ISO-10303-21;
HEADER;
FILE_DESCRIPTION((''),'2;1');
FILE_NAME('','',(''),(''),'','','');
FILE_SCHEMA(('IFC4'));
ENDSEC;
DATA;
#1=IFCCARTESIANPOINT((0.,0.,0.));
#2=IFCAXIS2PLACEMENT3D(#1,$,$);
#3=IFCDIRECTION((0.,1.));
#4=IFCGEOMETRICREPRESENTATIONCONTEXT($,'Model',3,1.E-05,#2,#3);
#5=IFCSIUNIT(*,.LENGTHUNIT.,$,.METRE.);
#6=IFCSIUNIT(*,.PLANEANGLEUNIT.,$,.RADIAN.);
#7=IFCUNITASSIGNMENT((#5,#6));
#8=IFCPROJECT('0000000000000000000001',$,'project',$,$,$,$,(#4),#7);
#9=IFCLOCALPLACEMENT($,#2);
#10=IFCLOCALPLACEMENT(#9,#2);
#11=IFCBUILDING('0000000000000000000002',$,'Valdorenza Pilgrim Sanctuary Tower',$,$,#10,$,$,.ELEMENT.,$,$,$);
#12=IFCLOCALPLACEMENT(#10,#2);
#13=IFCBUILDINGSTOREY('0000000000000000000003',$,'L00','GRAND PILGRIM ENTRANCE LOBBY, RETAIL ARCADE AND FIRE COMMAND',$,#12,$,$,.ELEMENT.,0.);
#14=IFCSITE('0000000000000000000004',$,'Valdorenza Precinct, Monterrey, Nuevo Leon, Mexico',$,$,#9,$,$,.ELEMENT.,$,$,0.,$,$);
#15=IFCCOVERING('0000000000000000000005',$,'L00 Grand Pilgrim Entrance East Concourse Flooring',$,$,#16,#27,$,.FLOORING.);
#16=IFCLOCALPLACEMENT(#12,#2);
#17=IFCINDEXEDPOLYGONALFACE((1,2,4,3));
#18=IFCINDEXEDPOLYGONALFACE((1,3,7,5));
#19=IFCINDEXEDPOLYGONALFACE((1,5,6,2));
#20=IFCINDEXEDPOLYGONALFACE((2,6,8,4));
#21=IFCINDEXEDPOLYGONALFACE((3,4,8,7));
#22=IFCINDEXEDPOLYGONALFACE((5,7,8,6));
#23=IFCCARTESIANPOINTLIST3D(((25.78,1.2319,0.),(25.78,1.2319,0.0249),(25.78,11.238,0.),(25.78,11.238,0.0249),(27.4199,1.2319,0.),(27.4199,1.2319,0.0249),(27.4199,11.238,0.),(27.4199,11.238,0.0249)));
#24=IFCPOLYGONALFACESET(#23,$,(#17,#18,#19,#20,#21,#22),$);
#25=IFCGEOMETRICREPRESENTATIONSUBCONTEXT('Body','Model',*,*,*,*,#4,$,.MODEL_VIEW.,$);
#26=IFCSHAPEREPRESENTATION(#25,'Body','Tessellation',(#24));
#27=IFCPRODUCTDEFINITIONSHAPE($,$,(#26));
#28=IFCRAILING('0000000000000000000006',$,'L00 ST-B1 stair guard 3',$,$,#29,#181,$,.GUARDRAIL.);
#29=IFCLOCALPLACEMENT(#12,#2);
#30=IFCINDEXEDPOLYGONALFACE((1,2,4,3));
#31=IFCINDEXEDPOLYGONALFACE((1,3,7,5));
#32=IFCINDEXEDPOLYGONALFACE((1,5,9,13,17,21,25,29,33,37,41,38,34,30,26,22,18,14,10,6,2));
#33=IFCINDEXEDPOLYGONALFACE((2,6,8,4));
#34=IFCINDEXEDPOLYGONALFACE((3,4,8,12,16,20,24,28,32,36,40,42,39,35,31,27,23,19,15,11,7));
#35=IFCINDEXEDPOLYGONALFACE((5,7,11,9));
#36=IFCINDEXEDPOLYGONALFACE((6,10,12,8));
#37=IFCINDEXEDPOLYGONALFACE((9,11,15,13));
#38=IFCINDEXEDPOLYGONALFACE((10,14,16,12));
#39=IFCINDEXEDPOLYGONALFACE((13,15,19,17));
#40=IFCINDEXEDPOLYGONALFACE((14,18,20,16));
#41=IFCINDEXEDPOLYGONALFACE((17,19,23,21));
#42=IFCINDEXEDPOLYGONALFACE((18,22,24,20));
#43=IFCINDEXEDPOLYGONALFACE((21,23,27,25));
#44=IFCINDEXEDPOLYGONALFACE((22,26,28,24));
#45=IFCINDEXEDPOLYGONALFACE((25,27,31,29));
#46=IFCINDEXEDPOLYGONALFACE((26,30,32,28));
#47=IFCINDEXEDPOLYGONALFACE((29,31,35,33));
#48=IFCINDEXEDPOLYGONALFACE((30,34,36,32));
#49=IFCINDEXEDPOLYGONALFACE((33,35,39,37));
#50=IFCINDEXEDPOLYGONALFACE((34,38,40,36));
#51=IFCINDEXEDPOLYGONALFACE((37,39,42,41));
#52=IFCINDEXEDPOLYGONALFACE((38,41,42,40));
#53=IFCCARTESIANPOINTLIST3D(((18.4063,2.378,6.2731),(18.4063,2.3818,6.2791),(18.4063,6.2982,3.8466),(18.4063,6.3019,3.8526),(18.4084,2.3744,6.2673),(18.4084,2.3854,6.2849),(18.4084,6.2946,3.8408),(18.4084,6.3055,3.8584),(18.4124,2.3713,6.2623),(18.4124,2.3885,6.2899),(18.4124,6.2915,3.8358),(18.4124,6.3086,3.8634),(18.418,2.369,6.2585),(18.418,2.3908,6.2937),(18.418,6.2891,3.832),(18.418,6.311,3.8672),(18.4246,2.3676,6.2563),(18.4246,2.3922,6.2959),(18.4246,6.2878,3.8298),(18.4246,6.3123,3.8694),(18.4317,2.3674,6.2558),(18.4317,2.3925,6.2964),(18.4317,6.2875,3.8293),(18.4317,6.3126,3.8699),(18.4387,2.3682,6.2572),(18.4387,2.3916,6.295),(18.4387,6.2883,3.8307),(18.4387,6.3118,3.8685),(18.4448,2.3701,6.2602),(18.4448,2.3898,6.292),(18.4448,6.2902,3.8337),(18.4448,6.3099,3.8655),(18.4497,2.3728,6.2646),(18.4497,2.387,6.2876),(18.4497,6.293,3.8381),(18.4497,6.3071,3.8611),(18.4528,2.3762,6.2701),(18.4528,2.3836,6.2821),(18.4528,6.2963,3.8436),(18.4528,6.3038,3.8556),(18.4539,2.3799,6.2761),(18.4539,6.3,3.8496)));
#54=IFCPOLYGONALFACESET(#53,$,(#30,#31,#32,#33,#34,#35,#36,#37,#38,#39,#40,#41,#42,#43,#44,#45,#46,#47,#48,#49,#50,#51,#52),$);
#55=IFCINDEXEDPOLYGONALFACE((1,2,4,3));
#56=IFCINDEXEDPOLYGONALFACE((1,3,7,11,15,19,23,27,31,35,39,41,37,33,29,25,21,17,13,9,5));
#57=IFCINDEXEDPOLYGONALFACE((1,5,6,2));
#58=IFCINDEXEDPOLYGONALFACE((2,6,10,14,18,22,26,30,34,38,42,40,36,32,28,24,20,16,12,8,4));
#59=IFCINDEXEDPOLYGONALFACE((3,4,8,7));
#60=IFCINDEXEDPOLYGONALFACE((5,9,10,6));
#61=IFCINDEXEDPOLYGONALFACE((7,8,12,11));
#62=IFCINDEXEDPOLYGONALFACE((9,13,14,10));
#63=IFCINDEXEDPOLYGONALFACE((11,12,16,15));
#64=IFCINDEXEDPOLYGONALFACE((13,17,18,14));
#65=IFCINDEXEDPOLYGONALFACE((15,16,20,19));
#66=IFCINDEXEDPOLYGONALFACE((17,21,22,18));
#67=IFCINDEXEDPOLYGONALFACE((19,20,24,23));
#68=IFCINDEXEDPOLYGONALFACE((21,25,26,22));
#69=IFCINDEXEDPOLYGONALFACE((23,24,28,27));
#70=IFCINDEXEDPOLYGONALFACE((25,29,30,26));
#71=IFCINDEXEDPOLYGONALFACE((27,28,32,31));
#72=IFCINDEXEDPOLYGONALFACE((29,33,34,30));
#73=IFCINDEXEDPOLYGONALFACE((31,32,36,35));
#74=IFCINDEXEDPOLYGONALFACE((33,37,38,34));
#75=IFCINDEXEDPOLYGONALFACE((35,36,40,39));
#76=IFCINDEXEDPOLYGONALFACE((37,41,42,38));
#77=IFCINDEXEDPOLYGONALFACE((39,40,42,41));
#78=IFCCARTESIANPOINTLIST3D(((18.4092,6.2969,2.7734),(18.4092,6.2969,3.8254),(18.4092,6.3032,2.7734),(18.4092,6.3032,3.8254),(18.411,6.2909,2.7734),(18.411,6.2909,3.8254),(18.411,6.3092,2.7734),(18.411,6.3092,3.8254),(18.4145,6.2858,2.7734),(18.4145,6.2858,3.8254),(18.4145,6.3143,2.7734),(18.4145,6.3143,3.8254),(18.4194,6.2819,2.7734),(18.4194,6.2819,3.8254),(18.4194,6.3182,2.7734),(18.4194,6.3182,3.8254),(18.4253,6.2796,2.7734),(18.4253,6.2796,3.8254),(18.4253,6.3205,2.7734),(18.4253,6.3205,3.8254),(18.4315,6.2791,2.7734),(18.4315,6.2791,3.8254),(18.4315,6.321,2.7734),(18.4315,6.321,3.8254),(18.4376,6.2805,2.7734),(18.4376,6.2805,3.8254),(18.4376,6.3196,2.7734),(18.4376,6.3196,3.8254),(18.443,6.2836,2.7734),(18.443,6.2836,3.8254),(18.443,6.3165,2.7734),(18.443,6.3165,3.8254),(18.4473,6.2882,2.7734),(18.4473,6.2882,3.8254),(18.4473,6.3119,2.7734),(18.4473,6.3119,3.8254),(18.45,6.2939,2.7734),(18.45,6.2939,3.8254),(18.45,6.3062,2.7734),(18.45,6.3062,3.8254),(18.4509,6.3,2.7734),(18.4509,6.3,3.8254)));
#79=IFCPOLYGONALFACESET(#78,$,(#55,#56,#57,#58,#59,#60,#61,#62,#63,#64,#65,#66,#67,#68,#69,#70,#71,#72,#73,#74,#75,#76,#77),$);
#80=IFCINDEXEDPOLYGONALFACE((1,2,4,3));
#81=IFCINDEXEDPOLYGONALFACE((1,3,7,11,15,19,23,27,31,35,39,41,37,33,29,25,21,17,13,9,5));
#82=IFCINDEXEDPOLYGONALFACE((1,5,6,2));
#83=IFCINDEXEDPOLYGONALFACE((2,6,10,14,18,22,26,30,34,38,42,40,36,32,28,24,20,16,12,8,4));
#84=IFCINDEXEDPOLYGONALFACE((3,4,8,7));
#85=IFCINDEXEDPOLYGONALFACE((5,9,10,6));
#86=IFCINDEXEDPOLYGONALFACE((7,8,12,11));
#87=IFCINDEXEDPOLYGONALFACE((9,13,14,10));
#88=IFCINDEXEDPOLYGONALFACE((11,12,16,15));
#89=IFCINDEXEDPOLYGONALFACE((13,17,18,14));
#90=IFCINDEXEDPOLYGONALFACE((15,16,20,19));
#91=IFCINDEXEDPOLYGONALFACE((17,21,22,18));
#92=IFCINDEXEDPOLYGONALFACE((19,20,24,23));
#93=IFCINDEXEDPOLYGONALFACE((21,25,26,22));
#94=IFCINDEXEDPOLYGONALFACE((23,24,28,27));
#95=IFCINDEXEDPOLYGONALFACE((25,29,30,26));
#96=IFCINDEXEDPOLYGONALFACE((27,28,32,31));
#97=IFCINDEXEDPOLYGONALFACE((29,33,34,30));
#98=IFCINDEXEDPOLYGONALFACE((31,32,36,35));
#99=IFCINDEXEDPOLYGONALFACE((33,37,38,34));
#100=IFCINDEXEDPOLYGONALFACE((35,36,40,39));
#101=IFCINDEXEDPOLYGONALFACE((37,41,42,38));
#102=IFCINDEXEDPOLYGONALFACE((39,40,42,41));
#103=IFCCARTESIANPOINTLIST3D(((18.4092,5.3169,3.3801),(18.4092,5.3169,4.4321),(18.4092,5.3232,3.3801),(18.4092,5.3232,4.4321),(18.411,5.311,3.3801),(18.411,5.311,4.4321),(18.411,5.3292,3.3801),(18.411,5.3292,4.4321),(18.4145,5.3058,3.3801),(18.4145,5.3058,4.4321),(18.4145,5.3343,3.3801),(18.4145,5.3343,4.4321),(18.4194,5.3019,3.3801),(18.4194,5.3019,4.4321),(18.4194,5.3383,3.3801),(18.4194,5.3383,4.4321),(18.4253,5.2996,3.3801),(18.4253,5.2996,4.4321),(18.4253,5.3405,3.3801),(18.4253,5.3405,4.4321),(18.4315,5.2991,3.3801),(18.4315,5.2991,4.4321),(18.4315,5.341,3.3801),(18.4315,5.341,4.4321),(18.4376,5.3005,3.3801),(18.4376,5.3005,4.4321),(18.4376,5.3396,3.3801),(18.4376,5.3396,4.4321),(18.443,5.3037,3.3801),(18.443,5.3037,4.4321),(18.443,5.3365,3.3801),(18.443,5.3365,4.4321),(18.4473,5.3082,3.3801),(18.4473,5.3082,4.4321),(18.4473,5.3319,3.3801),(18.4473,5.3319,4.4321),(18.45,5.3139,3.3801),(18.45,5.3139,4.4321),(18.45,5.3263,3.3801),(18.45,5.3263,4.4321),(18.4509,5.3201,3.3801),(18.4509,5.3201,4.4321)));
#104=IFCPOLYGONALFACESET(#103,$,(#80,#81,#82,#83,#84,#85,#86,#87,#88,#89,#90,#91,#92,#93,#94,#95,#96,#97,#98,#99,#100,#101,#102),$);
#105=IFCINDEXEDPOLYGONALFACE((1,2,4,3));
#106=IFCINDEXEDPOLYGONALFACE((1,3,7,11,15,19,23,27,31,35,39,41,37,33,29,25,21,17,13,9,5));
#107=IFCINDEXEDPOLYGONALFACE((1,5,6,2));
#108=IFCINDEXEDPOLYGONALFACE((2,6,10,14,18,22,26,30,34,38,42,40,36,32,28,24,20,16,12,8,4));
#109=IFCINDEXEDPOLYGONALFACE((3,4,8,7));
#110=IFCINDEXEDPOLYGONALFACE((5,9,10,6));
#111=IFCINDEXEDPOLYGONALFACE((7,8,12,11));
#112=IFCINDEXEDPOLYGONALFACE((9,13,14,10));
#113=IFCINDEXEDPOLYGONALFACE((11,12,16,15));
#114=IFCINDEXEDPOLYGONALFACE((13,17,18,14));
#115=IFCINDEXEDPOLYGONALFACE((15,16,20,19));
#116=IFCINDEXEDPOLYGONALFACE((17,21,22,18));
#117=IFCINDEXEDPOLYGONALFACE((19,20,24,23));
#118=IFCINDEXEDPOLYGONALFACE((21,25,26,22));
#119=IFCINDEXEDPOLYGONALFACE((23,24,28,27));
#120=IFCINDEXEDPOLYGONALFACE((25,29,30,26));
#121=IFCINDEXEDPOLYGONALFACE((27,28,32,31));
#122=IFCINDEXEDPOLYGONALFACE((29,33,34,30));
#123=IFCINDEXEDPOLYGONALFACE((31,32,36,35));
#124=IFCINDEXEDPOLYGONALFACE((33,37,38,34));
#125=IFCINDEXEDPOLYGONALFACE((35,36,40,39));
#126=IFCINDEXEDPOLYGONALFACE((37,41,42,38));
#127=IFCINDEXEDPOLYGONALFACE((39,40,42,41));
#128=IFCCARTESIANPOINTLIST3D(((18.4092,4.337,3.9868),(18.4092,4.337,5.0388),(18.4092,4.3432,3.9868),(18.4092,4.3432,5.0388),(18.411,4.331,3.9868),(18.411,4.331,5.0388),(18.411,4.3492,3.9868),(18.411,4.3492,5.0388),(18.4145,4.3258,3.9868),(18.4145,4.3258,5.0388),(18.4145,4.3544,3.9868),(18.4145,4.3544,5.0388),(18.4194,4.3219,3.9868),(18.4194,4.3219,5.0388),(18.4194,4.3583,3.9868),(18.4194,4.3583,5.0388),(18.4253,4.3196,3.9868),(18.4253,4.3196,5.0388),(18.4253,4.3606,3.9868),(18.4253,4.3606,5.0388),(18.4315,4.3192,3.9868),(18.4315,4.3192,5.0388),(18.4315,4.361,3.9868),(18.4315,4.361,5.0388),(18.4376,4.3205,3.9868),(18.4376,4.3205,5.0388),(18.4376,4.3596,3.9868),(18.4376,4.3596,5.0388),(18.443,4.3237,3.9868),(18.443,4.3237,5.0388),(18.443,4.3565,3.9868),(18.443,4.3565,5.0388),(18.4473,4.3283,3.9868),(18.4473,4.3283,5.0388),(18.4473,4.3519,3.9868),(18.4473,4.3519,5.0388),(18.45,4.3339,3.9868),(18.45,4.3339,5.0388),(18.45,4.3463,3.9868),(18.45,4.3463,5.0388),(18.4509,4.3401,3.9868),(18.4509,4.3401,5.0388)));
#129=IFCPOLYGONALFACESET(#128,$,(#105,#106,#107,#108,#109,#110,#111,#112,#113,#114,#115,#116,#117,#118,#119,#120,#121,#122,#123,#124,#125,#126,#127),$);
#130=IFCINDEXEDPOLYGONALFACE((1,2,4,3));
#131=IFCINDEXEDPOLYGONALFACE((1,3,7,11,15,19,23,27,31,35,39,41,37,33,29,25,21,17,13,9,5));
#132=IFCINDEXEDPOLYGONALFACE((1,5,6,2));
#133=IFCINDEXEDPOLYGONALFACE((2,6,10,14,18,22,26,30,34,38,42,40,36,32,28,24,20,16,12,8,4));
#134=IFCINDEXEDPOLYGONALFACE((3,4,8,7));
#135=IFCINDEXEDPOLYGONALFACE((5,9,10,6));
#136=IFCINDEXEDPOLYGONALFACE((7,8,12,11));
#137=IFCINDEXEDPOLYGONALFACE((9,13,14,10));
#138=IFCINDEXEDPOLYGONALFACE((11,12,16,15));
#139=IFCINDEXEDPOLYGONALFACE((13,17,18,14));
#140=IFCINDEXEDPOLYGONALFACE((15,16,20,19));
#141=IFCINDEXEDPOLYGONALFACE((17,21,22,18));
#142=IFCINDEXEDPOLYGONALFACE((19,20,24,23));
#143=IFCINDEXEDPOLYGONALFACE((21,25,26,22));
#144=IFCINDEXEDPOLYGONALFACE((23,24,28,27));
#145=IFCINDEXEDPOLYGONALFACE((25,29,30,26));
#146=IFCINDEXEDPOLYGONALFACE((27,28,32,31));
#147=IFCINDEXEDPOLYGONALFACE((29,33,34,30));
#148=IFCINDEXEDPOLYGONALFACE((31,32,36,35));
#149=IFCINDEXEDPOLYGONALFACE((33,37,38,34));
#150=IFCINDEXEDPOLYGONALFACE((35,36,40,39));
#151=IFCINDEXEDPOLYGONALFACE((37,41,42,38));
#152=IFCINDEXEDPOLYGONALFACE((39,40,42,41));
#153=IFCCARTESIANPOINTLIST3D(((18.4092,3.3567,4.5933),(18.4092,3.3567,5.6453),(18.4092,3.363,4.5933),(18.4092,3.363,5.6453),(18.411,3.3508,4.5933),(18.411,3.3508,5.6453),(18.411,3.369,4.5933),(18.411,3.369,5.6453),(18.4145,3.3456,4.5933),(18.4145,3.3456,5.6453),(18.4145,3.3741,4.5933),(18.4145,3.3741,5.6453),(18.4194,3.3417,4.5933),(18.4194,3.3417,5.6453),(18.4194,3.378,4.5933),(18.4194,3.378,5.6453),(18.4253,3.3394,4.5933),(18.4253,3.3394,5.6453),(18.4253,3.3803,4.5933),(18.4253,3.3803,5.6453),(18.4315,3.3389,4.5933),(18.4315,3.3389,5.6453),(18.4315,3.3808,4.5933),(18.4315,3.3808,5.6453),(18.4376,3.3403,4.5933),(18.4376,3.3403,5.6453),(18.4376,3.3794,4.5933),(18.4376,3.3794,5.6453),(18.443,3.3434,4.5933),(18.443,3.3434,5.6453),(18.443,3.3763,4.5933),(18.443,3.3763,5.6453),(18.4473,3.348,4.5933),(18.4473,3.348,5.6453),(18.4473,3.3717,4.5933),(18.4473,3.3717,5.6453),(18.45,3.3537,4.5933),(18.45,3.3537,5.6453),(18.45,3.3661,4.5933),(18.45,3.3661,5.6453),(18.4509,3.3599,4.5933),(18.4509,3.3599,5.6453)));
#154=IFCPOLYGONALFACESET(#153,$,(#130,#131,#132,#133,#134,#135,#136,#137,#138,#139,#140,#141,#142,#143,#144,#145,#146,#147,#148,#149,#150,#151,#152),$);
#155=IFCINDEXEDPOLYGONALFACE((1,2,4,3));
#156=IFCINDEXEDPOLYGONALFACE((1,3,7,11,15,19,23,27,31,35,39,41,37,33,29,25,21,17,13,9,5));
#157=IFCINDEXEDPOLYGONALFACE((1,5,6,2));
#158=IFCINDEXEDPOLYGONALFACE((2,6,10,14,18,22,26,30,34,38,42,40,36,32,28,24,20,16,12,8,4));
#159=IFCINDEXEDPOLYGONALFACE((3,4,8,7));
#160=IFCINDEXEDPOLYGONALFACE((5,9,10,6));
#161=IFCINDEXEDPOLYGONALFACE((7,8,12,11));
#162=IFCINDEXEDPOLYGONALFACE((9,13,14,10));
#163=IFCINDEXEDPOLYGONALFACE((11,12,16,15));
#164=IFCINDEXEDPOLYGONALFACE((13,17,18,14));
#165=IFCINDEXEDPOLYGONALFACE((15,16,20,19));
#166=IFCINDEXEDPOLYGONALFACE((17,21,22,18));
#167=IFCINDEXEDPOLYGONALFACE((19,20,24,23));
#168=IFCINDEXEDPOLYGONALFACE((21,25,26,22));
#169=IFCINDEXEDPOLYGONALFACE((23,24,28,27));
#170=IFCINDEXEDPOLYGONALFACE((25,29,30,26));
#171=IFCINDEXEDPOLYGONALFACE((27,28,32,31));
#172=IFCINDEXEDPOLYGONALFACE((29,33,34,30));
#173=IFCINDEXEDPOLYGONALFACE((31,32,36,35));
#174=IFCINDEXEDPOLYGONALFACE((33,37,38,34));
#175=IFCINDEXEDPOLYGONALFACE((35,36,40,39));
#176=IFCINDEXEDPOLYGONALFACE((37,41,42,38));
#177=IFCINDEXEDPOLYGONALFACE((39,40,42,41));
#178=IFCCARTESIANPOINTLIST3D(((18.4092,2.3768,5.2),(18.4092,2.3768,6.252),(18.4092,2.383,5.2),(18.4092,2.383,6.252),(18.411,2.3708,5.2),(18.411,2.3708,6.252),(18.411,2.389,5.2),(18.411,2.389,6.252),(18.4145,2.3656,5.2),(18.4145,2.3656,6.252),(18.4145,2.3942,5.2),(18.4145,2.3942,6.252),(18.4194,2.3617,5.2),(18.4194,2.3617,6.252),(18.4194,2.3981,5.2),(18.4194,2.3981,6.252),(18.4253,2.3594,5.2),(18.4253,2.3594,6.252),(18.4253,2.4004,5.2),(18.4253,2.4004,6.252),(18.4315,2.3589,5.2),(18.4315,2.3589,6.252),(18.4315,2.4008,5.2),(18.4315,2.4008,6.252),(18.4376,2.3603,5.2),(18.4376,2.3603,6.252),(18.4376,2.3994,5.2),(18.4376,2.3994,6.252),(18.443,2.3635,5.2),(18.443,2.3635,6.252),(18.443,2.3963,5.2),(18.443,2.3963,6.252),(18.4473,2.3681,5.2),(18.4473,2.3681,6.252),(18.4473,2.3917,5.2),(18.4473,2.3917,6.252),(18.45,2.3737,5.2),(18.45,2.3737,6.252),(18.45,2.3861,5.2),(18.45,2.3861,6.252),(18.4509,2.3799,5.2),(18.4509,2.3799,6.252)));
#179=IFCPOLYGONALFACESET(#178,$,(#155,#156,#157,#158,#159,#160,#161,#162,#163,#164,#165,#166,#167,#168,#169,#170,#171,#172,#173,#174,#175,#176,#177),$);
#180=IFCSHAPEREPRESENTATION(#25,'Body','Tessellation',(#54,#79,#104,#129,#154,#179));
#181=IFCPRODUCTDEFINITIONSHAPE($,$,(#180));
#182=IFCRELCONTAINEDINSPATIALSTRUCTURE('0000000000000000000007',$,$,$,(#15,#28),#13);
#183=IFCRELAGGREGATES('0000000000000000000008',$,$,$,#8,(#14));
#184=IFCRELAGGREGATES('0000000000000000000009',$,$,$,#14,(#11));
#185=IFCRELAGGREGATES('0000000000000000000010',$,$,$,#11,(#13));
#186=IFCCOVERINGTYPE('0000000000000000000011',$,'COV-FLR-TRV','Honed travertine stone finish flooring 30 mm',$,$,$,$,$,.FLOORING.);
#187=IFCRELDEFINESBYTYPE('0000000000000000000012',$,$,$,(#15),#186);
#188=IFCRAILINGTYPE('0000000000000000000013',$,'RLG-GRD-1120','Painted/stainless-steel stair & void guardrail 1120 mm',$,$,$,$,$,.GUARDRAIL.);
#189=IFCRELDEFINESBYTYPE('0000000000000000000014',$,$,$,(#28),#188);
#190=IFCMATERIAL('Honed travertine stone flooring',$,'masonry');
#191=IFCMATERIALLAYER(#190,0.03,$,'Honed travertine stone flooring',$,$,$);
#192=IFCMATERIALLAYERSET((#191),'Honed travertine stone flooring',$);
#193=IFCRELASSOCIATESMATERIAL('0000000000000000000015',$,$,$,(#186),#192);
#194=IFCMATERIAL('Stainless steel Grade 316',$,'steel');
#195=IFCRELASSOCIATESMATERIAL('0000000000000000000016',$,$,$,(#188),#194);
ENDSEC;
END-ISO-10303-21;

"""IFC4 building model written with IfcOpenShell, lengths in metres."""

from ifc_helpers import new_model, si_unit, direction, frame, origin, origin_2d, place, context, subcontext, project, spatial, polyline, circle, outline, extrude, material, layer, layer_set, type_object, element, save


model = new_model("IFC4")

# Units and contexts
model_context = context("Model", 3, precision=1e-05, world=origin(), true_north=direction((0.0, 1.0)))
body_context = subcontext(model_context, "Body", "Model", "MODEL_VIEW")
ifc_project = project(units=[si_unit("LENGTHUNIT", "METRE"), si_unit("PLANEANGLEUNIT", "RADIAN")], contexts=[model_context])

# Site, building, storey
site_placement = place(None, origin())
site = spatial("IfcSite", under=ifc_project, at=site_placement, Name="Valdorenza Precinct, Monterrey, Nuevo Leon, Mexico", CompositionType="ELEMENT", RefElevation=0.0)
building_placement = place(site_placement, origin())
building = spatial("IfcBuilding", under=site, at=building_placement, Name="Valdorenza Pilgrim Sanctuary Tower", CompositionType="ELEMENT")
storey_placement = place(building_placement, origin())
storey = spatial("IfcBuildingStorey", under=building, at=storey_placement, Name="L00", Description="GRAND PILGRIM ENTRANCE LOBBY, RETAIL ARCADE AND FIRE COMMAND", CompositionType="ELEMENT", Elevation=0.0)

# Covering
ifc_material_1 = material(Name="Honed travertine stone flooring", Category="masonry")
ifc_layer_1 = layer(ifc_material_1, 0.03, Name="Honed travertine stone flooring")
ifc_layer_set_1 = layer_set([ifc_layer_1], Name="Honed travertine stone flooring")
covering_type_1 = type_object("IfcCoveringType", Name="COV-FLR-TRV", Description="Honed travertine stone finish flooring 30 mm", PredefinedType="FLOORING", material=ifc_layer_set_1)
covering_1_placement = place(storey_placement, origin())
element("IfcCovering", 1, at=covering_1_placement, inside=storey, type_object=covering_type_1, Name="L00 Grand Pilgrim Entrance East Concourse Flooring", PredefinedType="FLOORING", context=body_context, shape_type="SweptSolid", body=[
    extrude(outline(polyline([(27.4199, 1.2319), (25.78, 1.2319), (25.78, 11.238), (27.4199, 11.238), (27.4199, 1.2319)])), origin(), (0.0, 0.0, 1.0), 0.0249),
])

# Railing
ifc_material_2 = material(Name="Stainless steel Grade 316", Category="steel")
railing_type_1 = type_object("IfcRailingType", Name="RLG-GRD-1120", Description="Painted/stainless-steel stair & void guardrail 1120 mm", PredefinedType="GUARDRAIL", material=ifc_material_2)
railing_1_placement = place(storey_placement, frame((18.4299, 6.3, 2.7734)))
element("IfcRailing", 2, at=railing_1_placement, inside=storey, type_object=railing_type_1, Name="L00 ST-B1 stair guard 3", PredefinedType="GUARDRAIL", context=body_context, shape_type="SweptSolid", body=[
    extrude(circle(Radius=0.0239, at=origin_2d()), frame((0.0, 0.0, 1.0762), z_axis=(0.0, -0.85029, 0.526315), x_axis=(1.0, 0.0, 0.0)), (0.0, 0.0, 1.0), 4.6104),
    extrude(circle(Radius=0.021, at=origin_2d()), origin(), (0.0, 0.0, 1.0), 1.052),
    extrude(circle(Radius=0.021, at=origin_2d()), frame((0.0, -0.98, 0.6067)), (0.0, 0.0, 1.0), 1.052),
    extrude(circle(Radius=0.021, at=origin_2d()), frame((0.0, -1.96, 1.2134)), (0.0, 0.0, 1.0), 1.052),
    extrude(circle(Radius=0.021, at=origin_2d()), frame((0.0, -2.9402, 1.8198)), (0.0, 0.0, 1.0), 1.052),
    extrude(circle(Radius=0.021, at=origin_2d()), frame((0.0, -3.9202, 2.4265)), (0.0, 0.0, 1.0), 1.052),
])

save(model, "model.ifc")
